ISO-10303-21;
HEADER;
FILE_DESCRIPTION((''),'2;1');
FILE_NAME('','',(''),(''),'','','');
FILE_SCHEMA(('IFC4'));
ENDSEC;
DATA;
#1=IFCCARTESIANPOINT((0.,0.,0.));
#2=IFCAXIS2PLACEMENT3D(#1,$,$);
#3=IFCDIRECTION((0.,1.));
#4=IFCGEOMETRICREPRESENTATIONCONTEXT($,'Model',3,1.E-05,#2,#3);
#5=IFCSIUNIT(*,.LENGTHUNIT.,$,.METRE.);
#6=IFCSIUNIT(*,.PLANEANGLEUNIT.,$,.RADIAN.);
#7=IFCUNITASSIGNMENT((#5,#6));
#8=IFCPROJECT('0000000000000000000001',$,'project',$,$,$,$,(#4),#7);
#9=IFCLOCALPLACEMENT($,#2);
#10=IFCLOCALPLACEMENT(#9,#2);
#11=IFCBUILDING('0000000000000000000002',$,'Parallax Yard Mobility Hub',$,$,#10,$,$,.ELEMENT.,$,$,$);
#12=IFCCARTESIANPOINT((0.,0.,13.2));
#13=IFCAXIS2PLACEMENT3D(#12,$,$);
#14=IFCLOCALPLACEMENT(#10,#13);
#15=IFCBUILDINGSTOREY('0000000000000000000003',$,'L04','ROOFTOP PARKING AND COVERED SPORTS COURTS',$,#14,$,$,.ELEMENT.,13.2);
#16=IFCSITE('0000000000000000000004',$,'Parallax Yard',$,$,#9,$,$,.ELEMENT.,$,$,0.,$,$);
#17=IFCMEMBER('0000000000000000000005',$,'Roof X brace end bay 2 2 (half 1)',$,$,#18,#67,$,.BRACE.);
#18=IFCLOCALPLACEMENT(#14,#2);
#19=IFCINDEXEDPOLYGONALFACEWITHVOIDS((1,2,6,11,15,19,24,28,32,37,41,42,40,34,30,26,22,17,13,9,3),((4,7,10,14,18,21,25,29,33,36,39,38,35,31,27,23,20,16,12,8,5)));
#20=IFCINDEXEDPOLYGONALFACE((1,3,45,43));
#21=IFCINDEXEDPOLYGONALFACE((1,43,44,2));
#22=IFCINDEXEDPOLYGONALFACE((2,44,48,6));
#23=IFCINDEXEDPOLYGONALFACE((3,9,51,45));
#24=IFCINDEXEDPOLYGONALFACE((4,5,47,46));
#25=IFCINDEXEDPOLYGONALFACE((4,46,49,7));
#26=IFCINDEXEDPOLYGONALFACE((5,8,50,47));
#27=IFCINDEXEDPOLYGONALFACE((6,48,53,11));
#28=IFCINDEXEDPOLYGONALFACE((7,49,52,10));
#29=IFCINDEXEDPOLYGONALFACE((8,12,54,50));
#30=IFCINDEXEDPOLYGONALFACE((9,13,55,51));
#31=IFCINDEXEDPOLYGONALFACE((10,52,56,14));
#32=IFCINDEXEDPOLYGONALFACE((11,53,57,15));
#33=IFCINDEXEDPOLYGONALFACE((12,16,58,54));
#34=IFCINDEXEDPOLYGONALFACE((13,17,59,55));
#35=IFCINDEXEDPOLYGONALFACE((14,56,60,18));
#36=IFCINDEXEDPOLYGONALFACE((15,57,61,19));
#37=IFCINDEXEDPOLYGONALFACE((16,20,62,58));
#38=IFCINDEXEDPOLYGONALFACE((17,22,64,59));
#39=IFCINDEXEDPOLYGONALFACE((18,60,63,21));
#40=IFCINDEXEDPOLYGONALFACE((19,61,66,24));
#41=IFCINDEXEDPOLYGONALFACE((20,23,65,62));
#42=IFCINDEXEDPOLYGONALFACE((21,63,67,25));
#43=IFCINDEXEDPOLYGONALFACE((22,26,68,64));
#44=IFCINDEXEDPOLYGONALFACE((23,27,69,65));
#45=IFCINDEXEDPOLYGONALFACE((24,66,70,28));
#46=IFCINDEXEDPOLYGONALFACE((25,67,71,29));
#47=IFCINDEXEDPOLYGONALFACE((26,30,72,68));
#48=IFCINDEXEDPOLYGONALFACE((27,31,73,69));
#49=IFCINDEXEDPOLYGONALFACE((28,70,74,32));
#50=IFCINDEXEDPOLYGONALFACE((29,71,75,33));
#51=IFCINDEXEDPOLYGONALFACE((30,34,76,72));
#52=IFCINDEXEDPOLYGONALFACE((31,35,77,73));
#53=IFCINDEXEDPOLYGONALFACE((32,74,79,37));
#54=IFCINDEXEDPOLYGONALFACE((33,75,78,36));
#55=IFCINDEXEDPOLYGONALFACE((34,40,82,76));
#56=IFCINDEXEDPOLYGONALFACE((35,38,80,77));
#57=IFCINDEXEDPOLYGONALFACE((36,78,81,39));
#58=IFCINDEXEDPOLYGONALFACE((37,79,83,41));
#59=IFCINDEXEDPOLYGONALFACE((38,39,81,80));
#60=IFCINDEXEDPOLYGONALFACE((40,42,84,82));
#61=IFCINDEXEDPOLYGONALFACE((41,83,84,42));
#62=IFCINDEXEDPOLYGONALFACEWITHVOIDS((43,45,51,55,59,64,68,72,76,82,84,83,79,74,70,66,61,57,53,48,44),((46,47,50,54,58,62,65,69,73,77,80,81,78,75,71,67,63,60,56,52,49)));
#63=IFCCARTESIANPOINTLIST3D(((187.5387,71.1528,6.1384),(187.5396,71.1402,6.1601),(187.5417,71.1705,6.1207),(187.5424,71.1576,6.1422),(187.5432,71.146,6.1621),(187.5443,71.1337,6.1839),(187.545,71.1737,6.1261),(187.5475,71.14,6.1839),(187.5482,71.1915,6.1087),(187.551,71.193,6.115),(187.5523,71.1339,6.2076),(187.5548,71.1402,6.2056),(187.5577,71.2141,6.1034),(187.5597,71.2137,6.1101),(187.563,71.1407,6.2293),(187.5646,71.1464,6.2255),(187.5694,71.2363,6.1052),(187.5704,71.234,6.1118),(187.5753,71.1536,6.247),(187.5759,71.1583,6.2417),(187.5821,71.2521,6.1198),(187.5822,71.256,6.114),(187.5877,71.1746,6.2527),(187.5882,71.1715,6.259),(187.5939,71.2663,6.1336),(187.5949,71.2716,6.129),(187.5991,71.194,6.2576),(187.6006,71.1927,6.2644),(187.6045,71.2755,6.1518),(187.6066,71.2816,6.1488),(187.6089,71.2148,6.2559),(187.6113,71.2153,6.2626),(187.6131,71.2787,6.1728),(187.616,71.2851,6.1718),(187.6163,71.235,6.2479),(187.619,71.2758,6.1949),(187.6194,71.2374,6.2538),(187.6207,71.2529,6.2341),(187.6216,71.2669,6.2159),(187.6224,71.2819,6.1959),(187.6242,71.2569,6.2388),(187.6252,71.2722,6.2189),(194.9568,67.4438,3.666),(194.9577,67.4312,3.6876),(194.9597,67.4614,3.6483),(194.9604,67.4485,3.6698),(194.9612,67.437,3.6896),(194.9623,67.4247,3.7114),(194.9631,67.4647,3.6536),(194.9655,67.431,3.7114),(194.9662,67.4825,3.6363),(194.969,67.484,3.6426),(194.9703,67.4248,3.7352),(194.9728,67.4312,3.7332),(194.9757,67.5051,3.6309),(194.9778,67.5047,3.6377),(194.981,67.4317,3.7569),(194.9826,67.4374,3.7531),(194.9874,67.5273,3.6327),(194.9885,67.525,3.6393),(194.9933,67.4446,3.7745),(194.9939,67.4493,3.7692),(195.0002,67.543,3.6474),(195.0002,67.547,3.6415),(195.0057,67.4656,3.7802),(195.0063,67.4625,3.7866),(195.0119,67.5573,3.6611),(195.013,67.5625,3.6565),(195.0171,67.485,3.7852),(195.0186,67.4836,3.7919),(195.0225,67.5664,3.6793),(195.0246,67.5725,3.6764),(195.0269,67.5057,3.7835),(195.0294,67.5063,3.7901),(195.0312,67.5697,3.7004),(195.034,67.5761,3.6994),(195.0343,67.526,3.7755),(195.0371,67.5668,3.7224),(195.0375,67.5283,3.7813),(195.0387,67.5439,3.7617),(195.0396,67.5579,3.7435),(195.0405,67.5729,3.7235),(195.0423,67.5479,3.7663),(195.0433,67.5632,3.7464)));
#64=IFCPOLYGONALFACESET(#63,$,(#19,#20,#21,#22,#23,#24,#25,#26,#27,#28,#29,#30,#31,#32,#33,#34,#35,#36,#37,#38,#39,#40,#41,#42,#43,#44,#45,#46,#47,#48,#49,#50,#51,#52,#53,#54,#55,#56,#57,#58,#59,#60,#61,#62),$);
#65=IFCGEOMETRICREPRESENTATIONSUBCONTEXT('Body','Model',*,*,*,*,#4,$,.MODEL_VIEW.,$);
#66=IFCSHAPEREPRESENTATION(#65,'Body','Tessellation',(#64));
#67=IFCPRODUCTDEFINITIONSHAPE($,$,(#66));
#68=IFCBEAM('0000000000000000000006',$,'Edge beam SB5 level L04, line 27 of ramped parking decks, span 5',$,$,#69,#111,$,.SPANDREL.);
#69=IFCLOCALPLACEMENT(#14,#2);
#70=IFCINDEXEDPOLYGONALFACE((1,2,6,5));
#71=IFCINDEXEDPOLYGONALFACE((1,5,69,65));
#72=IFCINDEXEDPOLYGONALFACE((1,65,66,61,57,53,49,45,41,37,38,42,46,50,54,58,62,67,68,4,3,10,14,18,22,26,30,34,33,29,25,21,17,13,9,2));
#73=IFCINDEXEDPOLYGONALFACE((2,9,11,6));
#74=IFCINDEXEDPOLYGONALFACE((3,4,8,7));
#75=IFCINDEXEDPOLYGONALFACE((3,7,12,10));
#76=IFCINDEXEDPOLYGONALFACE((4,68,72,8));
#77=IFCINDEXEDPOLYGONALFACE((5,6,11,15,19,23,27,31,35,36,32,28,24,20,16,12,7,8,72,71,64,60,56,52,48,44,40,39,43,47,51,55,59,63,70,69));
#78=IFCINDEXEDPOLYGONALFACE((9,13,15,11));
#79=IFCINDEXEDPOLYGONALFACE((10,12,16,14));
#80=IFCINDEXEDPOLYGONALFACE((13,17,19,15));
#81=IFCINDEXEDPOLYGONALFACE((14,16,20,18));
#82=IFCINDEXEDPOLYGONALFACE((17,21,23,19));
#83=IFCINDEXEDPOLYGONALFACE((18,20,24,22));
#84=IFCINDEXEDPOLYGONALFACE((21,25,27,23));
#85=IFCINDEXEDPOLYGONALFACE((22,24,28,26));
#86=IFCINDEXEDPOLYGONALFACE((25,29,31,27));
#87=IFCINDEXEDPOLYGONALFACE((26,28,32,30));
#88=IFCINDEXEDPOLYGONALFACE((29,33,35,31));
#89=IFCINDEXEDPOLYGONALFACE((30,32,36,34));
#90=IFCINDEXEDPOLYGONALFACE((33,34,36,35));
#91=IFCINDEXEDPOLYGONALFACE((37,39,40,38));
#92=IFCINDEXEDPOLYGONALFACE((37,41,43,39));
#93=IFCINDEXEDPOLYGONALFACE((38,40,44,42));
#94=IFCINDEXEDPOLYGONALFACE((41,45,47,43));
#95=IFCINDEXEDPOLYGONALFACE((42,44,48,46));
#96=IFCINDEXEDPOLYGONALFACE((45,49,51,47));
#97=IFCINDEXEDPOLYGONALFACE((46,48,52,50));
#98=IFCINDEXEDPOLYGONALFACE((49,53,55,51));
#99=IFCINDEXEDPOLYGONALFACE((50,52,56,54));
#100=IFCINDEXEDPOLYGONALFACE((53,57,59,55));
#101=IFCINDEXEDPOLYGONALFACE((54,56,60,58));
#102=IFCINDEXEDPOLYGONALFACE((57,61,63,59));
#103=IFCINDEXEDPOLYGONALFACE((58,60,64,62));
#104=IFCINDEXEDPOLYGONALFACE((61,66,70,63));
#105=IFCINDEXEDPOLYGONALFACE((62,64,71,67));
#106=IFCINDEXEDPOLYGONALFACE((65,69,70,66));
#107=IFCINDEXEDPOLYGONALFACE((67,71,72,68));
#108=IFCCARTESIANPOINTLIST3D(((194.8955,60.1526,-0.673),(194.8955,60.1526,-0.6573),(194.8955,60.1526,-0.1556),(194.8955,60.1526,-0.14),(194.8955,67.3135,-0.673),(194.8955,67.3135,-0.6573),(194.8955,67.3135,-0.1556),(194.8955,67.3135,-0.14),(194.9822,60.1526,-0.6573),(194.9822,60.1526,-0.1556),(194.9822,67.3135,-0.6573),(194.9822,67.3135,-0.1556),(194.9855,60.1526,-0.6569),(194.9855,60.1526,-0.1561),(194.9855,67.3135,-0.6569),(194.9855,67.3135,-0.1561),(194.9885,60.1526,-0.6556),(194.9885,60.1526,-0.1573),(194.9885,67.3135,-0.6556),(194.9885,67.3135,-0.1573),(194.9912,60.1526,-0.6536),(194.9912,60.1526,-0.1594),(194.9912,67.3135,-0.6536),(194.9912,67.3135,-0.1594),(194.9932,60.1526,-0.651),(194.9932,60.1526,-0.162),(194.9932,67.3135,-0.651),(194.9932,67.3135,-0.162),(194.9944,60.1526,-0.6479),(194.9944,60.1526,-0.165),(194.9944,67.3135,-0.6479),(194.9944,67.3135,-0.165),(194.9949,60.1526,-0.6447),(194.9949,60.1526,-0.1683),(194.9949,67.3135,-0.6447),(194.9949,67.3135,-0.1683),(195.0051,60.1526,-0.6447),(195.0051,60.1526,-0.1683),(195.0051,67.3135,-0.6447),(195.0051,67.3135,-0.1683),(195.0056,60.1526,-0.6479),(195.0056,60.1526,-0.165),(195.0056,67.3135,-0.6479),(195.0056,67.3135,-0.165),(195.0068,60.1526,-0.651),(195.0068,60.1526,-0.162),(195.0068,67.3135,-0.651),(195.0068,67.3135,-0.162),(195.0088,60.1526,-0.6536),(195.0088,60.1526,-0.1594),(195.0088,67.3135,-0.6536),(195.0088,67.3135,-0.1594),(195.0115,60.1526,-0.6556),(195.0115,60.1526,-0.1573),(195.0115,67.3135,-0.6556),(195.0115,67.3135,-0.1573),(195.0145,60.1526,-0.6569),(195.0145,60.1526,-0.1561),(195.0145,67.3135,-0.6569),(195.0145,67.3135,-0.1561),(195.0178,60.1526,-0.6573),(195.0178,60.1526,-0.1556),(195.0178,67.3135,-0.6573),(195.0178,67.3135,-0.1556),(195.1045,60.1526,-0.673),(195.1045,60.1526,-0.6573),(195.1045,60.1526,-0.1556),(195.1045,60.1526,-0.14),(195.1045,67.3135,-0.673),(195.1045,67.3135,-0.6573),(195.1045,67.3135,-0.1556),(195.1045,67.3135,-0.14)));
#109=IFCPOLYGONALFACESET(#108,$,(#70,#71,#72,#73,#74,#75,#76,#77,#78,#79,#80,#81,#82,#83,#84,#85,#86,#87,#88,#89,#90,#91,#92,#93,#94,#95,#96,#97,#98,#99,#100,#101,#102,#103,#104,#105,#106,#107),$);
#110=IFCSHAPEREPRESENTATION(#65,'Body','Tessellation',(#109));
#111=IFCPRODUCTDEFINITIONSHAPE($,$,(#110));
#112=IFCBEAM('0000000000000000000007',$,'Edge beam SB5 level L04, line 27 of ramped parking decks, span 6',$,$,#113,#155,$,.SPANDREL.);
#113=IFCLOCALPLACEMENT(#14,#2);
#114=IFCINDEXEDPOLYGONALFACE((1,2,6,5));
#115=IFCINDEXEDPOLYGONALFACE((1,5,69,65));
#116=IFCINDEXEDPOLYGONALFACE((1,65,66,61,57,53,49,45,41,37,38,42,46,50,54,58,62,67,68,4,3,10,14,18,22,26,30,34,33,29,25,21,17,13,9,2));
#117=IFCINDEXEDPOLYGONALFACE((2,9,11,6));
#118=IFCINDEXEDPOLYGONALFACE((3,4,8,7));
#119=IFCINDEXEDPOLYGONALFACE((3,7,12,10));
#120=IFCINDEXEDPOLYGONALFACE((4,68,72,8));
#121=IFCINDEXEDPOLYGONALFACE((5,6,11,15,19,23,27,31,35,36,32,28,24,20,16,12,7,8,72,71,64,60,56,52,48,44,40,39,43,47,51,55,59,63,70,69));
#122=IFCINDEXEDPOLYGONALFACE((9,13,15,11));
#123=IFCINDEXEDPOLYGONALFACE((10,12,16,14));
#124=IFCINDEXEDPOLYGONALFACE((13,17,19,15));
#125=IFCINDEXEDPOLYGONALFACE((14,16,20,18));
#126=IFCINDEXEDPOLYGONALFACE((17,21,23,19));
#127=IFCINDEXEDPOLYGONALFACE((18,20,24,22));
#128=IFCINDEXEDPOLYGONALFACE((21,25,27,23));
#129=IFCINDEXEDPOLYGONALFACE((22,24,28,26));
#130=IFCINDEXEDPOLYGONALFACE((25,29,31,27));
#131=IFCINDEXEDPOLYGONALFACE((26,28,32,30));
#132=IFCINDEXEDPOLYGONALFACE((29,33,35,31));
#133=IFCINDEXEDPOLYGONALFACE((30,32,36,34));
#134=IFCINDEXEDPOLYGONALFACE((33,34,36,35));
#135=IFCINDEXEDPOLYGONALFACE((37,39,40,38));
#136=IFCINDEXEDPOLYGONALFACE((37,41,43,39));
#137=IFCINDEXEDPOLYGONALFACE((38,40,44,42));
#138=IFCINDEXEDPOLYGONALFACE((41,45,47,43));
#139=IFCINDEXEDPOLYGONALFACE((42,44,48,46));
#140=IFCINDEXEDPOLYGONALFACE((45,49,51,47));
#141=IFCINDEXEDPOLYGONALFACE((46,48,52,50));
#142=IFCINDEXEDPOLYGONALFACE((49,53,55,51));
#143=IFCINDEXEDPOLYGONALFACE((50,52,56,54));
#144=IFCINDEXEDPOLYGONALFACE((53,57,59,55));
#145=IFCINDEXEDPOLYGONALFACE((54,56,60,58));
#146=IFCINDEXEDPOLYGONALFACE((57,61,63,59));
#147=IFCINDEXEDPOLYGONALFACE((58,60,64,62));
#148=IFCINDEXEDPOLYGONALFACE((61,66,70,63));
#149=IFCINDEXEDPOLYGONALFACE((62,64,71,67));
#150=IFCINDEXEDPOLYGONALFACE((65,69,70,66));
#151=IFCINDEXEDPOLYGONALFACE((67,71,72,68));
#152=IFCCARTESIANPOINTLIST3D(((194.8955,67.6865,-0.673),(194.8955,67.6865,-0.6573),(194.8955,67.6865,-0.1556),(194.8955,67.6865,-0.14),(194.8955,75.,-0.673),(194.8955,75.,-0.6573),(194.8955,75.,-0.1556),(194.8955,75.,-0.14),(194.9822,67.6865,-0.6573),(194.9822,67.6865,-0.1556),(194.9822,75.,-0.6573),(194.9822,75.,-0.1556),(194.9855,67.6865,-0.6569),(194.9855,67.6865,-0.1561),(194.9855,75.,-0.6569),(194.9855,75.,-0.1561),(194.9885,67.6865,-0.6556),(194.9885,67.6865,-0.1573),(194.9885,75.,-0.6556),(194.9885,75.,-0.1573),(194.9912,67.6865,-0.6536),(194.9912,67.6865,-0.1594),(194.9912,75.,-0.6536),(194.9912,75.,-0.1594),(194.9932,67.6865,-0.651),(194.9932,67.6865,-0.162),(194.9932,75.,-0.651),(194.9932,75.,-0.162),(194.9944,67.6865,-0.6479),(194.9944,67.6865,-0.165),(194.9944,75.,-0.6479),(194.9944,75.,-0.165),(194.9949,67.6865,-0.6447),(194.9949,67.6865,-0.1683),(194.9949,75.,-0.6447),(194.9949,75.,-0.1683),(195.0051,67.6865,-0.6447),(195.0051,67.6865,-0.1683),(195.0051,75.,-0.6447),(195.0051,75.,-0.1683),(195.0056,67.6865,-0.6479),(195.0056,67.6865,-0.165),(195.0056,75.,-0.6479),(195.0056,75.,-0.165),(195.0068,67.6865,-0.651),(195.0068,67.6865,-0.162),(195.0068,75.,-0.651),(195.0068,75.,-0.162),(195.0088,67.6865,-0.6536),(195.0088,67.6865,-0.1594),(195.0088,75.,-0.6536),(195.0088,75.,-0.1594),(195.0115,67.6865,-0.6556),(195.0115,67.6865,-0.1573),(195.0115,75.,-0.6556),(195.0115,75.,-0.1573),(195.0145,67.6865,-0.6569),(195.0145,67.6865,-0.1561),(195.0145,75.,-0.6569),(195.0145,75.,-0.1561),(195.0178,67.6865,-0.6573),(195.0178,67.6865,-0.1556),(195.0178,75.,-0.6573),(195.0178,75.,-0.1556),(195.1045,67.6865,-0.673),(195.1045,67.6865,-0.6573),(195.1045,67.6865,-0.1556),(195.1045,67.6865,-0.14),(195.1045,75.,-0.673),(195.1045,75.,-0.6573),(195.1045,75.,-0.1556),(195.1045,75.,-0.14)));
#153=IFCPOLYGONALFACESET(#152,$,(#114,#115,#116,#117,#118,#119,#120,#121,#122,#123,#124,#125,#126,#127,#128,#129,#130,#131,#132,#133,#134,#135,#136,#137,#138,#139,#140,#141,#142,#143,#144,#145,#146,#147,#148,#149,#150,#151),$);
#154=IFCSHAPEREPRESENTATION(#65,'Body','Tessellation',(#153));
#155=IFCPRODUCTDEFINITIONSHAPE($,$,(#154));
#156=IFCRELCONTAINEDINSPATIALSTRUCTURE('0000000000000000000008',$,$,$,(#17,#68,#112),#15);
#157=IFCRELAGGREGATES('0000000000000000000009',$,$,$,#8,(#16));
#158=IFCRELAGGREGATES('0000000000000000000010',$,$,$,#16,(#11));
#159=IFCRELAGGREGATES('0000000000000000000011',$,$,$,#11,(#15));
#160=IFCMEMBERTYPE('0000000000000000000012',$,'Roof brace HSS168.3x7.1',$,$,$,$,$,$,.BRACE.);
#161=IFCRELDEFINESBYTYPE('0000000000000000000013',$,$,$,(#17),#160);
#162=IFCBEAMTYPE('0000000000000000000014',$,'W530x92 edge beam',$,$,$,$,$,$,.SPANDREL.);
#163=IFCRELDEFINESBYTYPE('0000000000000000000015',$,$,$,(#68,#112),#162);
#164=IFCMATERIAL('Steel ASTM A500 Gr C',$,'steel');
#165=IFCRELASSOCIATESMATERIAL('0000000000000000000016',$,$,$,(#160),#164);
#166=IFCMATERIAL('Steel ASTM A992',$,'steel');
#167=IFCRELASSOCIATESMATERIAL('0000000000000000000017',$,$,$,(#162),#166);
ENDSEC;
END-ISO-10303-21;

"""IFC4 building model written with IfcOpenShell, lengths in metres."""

from ifc_helpers import new_model, si_unit, direction, frame, origin, origin_2d, place, context, subcontext, project, spatial, hollow_circle, i_section, extrude, material, material_profile, profile_set, type_object, element, save


model = new_model("IFC4")

# Units and contexts
model_context = context("Model", 3, precision=1e-05, world=origin(), true_north=direction((0.0, 1.0)))
body_context = subcontext(model_context, "Body", "Model", "MODEL_VIEW")
ifc_project = project(units=[si_unit("LENGTHUNIT", "METRE"), si_unit("PLANEANGLEUNIT", "RADIAN")], contexts=[model_context])

# Site, building, storey
site_placement = place(None, origin())
site = spatial("IfcSite", under=ifc_project, at=site_placement, Name="Parallax Yard", CompositionType="ELEMENT", RefElevation=0.0)
building_placement = place(site_placement, origin())
building = spatial("IfcBuilding", under=site, at=building_placement, Name="Parallax Yard Mobility Hub", CompositionType="ELEMENT")
storey_placement = place(building_placement, frame((0.0, 0.0, 13.2)))
storey = spatial("IfcBuildingStorey", under=building, at=storey_placement, Name="L04", Description="ROOFTOP PARKING AND COVERED SPORTS COURTS", CompositionType="ELEMENT", Elevation=13.2)

# Shared definitions
ifc_material_1 = material(Name="Steel ASTM A992", Category="steel")

# Member
ifc_material_2 = material(Name="Steel ASTM A500 Gr C", Category="steel")
ifc_material_profile_1 = material_profile(ifc_material_2, hollow_circle(Radius=0.0842, WallThickness=0.0071, at=origin_2d()), Name="HSS168.3x7.1")
ifc_profile_set_1 = profile_set([ifc_material_profile_1], Name="Steel ASTM A500 Gr C")
member_type_1 = type_object("IfcMemberType", Name="Roof brace HSS168.3x7.1", PredefinedType="BRACE", material=ifc_profile_set_1)
member_1_placement = place(storey_placement, frame((195.0, 67.5, 3.7114), z_axis=(-0.85715, 0.428575, 0.285688), x_axis=(-0.447214, -0.894427, 0.0)))
element("IfcMember", 1, at=member_1_placement, inside=storey, type_object=member_type_1, Name="Roof X brace end bay 2 2 (half 1)", PredefinedType="BRACE", context=body_context, shape_type="SweptSolid", body=[
    extrude(hollow_circle(Radius=0.0842, WallThickness=0.0071, at=origin_2d()), origin(), (0.0, 0.0, 1.0), 8.6543),
])

# Beams
ifc_material_profile_2 = material_profile(ifc_material_1, i_section(OverallWidth=0.209, OverallDepth=0.533, WebThickness=0.0103, FlangeThickness=0.0156, FilletRadius=0.0127, at=origin_2d()), Name="W530x92")
ifc_profile_set_2 = profile_set([ifc_material_profile_2], Name="Steel ASTM A992")
beam_type_1 = type_object("IfcBeamType", Name="W530x92 edge beam", PredefinedType="SPANDREL", material=ifc_profile_set_2)
beam_1_placement = place(storey_placement, frame((195.0, 60.1526, -0.4065), z_axis=(0.0, 1.0, 0.0), x_axis=(-1.0, 0.0, 0.0)))
element("IfcBeam", 2, at=beam_1_placement, inside=storey, type_object=beam_type_1, Name="Edge beam SB5 level L04, line 27 of ramped parking decks, span 5", PredefinedType="SPANDREL", context=body_context, shape_type="SweptSolid", body=[
    extrude(i_section(OverallWidth=0.209, OverallDepth=0.533, WebThickness=0.0103, FlangeThickness=0.0156, FilletRadius=0.0127, at=origin_2d()), origin(), (0.0, 0.0, 1.0), 7.1609),
])
beam_2_placement = place(storey_placement, frame((195.0, 67.6865, -0.4065), z_axis=(0.0, 1.0, 0.0), x_axis=(-1.0, 0.0, 0.0)))
element("IfcBeam", 3, at=beam_2_placement, inside=storey, type_object=beam_type_1, Name="Edge beam SB5 level L04, line 27 of ramped parking decks, span 6", PredefinedType="SPANDREL", context=body_context, shape_type="SweptSolid", body=[
    extrude(i_section(OverallWidth=0.209, OverallDepth=0.533, WebThickness=0.0103, FlangeThickness=0.0156, FilletRadius=0.0127, at=origin_2d()), origin(), (0.0, 0.0, 1.0), 7.3135),
])

save(model, "model.ifc")
